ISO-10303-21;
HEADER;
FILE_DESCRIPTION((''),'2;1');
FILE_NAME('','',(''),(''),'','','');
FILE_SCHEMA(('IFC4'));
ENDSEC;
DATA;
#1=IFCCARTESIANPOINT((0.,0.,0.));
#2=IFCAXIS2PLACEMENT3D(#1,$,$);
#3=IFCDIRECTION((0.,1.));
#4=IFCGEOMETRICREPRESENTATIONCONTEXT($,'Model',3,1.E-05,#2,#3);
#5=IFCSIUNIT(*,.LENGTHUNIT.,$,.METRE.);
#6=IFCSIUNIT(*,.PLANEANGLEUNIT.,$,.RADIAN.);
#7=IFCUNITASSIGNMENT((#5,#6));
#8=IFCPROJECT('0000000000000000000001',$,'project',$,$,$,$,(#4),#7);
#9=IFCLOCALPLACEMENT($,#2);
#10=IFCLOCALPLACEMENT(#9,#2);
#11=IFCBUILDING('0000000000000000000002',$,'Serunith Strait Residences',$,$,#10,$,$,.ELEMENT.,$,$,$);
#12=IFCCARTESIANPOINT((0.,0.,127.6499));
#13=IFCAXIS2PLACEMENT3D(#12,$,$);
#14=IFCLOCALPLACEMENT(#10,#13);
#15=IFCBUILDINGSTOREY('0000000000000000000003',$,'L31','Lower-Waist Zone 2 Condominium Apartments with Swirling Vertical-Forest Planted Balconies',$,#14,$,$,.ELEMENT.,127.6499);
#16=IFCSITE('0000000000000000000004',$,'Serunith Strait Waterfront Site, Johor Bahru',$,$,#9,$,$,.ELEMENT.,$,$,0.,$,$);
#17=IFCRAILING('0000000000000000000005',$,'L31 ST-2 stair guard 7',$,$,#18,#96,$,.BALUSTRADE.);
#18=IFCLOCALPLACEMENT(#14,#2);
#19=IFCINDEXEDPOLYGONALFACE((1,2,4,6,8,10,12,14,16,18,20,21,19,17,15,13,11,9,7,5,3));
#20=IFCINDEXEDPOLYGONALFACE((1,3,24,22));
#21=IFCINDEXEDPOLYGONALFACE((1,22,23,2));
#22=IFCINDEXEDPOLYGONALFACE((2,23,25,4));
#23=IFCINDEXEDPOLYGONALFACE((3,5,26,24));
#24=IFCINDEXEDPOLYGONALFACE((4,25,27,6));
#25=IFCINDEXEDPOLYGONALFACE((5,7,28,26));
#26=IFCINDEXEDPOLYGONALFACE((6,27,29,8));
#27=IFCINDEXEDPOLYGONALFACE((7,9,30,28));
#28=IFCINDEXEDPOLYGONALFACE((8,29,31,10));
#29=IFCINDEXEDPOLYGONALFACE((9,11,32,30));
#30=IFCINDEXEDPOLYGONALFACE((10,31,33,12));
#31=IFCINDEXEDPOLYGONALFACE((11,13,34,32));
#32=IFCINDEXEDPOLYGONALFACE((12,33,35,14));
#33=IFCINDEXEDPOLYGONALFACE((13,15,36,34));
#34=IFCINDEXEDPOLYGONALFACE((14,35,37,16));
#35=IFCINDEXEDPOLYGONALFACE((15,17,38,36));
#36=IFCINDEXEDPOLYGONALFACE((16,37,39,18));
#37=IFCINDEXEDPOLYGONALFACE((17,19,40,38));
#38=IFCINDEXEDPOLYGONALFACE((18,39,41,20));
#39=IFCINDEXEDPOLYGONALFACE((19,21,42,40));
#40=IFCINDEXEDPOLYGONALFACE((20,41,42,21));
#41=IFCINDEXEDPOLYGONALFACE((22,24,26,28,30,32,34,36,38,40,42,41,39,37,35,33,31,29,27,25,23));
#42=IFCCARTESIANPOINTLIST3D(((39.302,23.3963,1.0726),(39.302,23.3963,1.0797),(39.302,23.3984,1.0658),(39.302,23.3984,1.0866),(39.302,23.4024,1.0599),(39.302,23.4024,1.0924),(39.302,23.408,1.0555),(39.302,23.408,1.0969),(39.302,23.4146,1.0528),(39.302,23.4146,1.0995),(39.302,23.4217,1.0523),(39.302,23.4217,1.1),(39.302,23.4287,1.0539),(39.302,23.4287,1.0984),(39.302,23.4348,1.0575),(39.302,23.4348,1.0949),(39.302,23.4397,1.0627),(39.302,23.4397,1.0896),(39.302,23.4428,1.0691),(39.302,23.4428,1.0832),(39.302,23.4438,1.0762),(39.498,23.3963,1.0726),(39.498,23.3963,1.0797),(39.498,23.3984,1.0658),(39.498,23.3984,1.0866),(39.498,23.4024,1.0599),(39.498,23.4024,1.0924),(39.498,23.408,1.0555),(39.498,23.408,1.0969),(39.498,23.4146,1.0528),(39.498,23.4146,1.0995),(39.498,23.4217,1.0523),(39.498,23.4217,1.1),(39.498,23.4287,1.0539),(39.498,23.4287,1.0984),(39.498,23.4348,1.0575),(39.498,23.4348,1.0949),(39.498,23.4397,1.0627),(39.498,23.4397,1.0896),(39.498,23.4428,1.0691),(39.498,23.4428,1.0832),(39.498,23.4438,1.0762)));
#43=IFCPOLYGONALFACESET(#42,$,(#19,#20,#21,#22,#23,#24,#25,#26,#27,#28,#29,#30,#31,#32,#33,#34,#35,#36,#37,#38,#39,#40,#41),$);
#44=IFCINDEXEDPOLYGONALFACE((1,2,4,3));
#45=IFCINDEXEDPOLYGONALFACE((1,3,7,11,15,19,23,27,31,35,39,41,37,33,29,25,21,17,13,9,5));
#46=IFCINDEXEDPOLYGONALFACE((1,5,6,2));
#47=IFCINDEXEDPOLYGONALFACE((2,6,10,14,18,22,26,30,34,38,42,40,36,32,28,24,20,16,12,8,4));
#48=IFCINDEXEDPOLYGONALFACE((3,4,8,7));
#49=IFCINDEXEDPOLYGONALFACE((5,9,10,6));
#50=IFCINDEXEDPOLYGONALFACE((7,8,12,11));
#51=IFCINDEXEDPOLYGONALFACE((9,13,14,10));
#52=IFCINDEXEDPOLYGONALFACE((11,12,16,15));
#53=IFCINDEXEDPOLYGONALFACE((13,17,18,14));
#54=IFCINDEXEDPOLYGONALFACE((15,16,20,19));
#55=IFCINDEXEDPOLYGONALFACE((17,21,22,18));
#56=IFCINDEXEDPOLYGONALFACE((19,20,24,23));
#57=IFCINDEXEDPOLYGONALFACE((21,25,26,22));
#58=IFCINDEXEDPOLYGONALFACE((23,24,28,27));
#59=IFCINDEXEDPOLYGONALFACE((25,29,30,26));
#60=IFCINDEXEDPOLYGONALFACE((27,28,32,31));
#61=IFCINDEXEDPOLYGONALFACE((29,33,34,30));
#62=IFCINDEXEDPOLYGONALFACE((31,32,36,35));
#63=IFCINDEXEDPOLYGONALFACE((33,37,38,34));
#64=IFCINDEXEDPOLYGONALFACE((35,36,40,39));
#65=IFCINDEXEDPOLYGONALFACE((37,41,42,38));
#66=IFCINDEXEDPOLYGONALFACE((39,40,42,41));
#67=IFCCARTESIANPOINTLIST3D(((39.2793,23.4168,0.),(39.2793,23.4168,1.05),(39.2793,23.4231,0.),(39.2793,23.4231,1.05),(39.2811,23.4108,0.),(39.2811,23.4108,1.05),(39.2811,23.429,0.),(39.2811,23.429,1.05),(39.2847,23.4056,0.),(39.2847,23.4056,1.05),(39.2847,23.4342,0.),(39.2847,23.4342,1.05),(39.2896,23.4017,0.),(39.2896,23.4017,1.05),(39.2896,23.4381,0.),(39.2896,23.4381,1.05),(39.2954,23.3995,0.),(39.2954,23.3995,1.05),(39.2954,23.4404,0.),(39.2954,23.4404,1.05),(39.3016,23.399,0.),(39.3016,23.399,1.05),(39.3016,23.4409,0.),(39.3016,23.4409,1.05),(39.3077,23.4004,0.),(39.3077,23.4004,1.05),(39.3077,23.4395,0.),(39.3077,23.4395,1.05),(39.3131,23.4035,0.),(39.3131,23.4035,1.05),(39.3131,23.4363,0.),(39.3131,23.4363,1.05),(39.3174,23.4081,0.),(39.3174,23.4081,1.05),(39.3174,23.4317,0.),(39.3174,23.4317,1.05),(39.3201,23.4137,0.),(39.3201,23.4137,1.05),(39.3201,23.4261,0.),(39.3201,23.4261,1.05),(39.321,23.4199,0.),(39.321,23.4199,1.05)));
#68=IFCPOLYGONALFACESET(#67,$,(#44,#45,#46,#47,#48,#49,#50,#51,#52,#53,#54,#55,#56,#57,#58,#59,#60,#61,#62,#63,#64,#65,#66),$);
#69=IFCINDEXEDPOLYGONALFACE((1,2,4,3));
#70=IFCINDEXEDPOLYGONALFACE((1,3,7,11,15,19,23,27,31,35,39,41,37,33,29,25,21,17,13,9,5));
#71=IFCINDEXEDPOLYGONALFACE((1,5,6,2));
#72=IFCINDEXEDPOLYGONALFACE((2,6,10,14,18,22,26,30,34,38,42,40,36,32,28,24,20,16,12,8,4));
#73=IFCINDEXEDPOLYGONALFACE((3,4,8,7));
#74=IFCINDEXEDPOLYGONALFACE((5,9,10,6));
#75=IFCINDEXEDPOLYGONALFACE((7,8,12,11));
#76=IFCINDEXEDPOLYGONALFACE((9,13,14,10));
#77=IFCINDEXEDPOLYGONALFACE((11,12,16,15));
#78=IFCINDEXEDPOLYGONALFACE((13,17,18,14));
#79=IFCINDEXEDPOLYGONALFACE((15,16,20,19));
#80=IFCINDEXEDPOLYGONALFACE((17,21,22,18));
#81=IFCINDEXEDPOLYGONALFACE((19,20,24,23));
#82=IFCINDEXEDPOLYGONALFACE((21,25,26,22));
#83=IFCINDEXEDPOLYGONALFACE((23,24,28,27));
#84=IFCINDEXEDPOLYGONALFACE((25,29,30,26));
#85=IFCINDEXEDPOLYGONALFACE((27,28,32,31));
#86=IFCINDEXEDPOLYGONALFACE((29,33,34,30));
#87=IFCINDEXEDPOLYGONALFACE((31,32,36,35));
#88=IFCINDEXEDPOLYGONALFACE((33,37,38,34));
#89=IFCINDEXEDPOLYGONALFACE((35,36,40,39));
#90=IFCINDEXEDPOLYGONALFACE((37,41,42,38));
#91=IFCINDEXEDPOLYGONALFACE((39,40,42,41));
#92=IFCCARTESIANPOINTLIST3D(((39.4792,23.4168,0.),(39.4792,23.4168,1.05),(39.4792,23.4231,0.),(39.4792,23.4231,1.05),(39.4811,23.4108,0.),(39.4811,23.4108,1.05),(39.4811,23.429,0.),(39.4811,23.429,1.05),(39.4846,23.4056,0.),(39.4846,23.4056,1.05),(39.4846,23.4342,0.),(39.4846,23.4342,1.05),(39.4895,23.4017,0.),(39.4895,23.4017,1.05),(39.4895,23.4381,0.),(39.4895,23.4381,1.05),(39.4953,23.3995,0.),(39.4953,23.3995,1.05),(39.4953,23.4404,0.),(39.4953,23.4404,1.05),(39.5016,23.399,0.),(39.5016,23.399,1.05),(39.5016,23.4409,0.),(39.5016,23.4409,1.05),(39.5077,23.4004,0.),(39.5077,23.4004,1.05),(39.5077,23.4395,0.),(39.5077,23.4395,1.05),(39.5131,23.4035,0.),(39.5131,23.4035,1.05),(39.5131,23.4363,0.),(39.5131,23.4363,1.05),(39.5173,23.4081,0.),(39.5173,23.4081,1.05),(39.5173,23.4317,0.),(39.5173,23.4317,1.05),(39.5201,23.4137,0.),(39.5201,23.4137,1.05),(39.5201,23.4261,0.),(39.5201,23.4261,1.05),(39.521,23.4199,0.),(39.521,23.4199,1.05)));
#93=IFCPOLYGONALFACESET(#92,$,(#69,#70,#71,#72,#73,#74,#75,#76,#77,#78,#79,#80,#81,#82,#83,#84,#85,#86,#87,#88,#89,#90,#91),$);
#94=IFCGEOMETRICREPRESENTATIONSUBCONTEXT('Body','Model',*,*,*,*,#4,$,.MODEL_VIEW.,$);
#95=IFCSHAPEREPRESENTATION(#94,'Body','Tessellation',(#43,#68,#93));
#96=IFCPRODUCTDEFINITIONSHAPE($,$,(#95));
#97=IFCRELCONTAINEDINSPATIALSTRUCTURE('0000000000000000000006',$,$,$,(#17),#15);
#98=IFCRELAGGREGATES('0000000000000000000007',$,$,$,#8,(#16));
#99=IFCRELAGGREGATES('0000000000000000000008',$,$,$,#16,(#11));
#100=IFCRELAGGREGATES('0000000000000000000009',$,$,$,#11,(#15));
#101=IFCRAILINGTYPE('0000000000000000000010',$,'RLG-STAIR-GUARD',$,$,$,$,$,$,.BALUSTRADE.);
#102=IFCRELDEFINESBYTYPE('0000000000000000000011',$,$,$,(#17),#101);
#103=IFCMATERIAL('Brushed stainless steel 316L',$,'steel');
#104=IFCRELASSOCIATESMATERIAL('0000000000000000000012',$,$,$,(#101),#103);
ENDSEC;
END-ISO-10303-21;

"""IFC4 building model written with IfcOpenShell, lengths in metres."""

from ifc_helpers import new_model, si_unit, direction, frame, origin, origin_2d, place, context, subcontext, project, spatial, circle, extrude, material, type_object, element, save


model = new_model("IFC4")

# Units and contexts
model_context = context("Model", 3, precision=1e-05, world=origin(), true_north=direction((0.0, 1.0)))
body_context = subcontext(model_context, "Body", "Model", "MODEL_VIEW")
ifc_project = project(units=[si_unit("LENGTHUNIT", "METRE"), si_unit("PLANEANGLEUNIT", "RADIAN")], contexts=[model_context])

# Site, building, storey
site_placement = place(None, origin())
site = spatial("IfcSite", under=ifc_project, at=site_placement, Name="Serunith Strait Waterfront Site, Johor Bahru", CompositionType="ELEMENT", RefElevation=0.0)
building_placement = place(site_placement, origin())
building = spatial("IfcBuilding", under=site, at=building_placement, Name="Serunith Strait Residences", CompositionType="ELEMENT")
storey_placement = place(building_placement, frame((0.0, 0.0, 127.6499)))
storey = spatial("IfcBuildingStorey", under=building, at=storey_placement, Name="L31", Description="Lower-Waist Zone 2 Condominium Apartments with Swirling Vertical-Forest Planted Balconies", CompositionType="ELEMENT", Elevation=127.6499)

# Railing
ifc_material_1 = material(Name="Brushed stainless steel 316L", Category="steel")
railing_type_1 = type_object("IfcRailingType", Name="RLG-STAIR-GUARD", PredefinedType="BALUSTRADE", material=ifc_material_1)
railing_1_placement = place(storey_placement, frame((39.3, 23.4199, 0.0)))
element("IfcRailing", 1, at=railing_1_placement, inside=storey, type_object=railing_type_1, Name="L31 ST-2 stair guard 7", PredefinedType="BALUSTRADE", context=body_context, shape_type="SweptSolid", body=[
    extrude(circle(Radius=0.0239, at=origin_2d()), frame((0.002, 0.0, 1.0762), z_axis=(1.0, 0.0, 0.0), x_axis=(0.0, 1.0, 0.0)), (0.0, 0.0, 1.0), 0.196),
    extrude(circle(Radius=0.021, at=origin_2d()), origin(), (0.0, 0.0, 1.0), 1.05),
    extrude(circle(Radius=0.021, at=origin_2d()), frame((0.2, 0.0, 0.0)), (0.0, 0.0, 1.0), 1.05),
])

save(model, "model.ifc")
